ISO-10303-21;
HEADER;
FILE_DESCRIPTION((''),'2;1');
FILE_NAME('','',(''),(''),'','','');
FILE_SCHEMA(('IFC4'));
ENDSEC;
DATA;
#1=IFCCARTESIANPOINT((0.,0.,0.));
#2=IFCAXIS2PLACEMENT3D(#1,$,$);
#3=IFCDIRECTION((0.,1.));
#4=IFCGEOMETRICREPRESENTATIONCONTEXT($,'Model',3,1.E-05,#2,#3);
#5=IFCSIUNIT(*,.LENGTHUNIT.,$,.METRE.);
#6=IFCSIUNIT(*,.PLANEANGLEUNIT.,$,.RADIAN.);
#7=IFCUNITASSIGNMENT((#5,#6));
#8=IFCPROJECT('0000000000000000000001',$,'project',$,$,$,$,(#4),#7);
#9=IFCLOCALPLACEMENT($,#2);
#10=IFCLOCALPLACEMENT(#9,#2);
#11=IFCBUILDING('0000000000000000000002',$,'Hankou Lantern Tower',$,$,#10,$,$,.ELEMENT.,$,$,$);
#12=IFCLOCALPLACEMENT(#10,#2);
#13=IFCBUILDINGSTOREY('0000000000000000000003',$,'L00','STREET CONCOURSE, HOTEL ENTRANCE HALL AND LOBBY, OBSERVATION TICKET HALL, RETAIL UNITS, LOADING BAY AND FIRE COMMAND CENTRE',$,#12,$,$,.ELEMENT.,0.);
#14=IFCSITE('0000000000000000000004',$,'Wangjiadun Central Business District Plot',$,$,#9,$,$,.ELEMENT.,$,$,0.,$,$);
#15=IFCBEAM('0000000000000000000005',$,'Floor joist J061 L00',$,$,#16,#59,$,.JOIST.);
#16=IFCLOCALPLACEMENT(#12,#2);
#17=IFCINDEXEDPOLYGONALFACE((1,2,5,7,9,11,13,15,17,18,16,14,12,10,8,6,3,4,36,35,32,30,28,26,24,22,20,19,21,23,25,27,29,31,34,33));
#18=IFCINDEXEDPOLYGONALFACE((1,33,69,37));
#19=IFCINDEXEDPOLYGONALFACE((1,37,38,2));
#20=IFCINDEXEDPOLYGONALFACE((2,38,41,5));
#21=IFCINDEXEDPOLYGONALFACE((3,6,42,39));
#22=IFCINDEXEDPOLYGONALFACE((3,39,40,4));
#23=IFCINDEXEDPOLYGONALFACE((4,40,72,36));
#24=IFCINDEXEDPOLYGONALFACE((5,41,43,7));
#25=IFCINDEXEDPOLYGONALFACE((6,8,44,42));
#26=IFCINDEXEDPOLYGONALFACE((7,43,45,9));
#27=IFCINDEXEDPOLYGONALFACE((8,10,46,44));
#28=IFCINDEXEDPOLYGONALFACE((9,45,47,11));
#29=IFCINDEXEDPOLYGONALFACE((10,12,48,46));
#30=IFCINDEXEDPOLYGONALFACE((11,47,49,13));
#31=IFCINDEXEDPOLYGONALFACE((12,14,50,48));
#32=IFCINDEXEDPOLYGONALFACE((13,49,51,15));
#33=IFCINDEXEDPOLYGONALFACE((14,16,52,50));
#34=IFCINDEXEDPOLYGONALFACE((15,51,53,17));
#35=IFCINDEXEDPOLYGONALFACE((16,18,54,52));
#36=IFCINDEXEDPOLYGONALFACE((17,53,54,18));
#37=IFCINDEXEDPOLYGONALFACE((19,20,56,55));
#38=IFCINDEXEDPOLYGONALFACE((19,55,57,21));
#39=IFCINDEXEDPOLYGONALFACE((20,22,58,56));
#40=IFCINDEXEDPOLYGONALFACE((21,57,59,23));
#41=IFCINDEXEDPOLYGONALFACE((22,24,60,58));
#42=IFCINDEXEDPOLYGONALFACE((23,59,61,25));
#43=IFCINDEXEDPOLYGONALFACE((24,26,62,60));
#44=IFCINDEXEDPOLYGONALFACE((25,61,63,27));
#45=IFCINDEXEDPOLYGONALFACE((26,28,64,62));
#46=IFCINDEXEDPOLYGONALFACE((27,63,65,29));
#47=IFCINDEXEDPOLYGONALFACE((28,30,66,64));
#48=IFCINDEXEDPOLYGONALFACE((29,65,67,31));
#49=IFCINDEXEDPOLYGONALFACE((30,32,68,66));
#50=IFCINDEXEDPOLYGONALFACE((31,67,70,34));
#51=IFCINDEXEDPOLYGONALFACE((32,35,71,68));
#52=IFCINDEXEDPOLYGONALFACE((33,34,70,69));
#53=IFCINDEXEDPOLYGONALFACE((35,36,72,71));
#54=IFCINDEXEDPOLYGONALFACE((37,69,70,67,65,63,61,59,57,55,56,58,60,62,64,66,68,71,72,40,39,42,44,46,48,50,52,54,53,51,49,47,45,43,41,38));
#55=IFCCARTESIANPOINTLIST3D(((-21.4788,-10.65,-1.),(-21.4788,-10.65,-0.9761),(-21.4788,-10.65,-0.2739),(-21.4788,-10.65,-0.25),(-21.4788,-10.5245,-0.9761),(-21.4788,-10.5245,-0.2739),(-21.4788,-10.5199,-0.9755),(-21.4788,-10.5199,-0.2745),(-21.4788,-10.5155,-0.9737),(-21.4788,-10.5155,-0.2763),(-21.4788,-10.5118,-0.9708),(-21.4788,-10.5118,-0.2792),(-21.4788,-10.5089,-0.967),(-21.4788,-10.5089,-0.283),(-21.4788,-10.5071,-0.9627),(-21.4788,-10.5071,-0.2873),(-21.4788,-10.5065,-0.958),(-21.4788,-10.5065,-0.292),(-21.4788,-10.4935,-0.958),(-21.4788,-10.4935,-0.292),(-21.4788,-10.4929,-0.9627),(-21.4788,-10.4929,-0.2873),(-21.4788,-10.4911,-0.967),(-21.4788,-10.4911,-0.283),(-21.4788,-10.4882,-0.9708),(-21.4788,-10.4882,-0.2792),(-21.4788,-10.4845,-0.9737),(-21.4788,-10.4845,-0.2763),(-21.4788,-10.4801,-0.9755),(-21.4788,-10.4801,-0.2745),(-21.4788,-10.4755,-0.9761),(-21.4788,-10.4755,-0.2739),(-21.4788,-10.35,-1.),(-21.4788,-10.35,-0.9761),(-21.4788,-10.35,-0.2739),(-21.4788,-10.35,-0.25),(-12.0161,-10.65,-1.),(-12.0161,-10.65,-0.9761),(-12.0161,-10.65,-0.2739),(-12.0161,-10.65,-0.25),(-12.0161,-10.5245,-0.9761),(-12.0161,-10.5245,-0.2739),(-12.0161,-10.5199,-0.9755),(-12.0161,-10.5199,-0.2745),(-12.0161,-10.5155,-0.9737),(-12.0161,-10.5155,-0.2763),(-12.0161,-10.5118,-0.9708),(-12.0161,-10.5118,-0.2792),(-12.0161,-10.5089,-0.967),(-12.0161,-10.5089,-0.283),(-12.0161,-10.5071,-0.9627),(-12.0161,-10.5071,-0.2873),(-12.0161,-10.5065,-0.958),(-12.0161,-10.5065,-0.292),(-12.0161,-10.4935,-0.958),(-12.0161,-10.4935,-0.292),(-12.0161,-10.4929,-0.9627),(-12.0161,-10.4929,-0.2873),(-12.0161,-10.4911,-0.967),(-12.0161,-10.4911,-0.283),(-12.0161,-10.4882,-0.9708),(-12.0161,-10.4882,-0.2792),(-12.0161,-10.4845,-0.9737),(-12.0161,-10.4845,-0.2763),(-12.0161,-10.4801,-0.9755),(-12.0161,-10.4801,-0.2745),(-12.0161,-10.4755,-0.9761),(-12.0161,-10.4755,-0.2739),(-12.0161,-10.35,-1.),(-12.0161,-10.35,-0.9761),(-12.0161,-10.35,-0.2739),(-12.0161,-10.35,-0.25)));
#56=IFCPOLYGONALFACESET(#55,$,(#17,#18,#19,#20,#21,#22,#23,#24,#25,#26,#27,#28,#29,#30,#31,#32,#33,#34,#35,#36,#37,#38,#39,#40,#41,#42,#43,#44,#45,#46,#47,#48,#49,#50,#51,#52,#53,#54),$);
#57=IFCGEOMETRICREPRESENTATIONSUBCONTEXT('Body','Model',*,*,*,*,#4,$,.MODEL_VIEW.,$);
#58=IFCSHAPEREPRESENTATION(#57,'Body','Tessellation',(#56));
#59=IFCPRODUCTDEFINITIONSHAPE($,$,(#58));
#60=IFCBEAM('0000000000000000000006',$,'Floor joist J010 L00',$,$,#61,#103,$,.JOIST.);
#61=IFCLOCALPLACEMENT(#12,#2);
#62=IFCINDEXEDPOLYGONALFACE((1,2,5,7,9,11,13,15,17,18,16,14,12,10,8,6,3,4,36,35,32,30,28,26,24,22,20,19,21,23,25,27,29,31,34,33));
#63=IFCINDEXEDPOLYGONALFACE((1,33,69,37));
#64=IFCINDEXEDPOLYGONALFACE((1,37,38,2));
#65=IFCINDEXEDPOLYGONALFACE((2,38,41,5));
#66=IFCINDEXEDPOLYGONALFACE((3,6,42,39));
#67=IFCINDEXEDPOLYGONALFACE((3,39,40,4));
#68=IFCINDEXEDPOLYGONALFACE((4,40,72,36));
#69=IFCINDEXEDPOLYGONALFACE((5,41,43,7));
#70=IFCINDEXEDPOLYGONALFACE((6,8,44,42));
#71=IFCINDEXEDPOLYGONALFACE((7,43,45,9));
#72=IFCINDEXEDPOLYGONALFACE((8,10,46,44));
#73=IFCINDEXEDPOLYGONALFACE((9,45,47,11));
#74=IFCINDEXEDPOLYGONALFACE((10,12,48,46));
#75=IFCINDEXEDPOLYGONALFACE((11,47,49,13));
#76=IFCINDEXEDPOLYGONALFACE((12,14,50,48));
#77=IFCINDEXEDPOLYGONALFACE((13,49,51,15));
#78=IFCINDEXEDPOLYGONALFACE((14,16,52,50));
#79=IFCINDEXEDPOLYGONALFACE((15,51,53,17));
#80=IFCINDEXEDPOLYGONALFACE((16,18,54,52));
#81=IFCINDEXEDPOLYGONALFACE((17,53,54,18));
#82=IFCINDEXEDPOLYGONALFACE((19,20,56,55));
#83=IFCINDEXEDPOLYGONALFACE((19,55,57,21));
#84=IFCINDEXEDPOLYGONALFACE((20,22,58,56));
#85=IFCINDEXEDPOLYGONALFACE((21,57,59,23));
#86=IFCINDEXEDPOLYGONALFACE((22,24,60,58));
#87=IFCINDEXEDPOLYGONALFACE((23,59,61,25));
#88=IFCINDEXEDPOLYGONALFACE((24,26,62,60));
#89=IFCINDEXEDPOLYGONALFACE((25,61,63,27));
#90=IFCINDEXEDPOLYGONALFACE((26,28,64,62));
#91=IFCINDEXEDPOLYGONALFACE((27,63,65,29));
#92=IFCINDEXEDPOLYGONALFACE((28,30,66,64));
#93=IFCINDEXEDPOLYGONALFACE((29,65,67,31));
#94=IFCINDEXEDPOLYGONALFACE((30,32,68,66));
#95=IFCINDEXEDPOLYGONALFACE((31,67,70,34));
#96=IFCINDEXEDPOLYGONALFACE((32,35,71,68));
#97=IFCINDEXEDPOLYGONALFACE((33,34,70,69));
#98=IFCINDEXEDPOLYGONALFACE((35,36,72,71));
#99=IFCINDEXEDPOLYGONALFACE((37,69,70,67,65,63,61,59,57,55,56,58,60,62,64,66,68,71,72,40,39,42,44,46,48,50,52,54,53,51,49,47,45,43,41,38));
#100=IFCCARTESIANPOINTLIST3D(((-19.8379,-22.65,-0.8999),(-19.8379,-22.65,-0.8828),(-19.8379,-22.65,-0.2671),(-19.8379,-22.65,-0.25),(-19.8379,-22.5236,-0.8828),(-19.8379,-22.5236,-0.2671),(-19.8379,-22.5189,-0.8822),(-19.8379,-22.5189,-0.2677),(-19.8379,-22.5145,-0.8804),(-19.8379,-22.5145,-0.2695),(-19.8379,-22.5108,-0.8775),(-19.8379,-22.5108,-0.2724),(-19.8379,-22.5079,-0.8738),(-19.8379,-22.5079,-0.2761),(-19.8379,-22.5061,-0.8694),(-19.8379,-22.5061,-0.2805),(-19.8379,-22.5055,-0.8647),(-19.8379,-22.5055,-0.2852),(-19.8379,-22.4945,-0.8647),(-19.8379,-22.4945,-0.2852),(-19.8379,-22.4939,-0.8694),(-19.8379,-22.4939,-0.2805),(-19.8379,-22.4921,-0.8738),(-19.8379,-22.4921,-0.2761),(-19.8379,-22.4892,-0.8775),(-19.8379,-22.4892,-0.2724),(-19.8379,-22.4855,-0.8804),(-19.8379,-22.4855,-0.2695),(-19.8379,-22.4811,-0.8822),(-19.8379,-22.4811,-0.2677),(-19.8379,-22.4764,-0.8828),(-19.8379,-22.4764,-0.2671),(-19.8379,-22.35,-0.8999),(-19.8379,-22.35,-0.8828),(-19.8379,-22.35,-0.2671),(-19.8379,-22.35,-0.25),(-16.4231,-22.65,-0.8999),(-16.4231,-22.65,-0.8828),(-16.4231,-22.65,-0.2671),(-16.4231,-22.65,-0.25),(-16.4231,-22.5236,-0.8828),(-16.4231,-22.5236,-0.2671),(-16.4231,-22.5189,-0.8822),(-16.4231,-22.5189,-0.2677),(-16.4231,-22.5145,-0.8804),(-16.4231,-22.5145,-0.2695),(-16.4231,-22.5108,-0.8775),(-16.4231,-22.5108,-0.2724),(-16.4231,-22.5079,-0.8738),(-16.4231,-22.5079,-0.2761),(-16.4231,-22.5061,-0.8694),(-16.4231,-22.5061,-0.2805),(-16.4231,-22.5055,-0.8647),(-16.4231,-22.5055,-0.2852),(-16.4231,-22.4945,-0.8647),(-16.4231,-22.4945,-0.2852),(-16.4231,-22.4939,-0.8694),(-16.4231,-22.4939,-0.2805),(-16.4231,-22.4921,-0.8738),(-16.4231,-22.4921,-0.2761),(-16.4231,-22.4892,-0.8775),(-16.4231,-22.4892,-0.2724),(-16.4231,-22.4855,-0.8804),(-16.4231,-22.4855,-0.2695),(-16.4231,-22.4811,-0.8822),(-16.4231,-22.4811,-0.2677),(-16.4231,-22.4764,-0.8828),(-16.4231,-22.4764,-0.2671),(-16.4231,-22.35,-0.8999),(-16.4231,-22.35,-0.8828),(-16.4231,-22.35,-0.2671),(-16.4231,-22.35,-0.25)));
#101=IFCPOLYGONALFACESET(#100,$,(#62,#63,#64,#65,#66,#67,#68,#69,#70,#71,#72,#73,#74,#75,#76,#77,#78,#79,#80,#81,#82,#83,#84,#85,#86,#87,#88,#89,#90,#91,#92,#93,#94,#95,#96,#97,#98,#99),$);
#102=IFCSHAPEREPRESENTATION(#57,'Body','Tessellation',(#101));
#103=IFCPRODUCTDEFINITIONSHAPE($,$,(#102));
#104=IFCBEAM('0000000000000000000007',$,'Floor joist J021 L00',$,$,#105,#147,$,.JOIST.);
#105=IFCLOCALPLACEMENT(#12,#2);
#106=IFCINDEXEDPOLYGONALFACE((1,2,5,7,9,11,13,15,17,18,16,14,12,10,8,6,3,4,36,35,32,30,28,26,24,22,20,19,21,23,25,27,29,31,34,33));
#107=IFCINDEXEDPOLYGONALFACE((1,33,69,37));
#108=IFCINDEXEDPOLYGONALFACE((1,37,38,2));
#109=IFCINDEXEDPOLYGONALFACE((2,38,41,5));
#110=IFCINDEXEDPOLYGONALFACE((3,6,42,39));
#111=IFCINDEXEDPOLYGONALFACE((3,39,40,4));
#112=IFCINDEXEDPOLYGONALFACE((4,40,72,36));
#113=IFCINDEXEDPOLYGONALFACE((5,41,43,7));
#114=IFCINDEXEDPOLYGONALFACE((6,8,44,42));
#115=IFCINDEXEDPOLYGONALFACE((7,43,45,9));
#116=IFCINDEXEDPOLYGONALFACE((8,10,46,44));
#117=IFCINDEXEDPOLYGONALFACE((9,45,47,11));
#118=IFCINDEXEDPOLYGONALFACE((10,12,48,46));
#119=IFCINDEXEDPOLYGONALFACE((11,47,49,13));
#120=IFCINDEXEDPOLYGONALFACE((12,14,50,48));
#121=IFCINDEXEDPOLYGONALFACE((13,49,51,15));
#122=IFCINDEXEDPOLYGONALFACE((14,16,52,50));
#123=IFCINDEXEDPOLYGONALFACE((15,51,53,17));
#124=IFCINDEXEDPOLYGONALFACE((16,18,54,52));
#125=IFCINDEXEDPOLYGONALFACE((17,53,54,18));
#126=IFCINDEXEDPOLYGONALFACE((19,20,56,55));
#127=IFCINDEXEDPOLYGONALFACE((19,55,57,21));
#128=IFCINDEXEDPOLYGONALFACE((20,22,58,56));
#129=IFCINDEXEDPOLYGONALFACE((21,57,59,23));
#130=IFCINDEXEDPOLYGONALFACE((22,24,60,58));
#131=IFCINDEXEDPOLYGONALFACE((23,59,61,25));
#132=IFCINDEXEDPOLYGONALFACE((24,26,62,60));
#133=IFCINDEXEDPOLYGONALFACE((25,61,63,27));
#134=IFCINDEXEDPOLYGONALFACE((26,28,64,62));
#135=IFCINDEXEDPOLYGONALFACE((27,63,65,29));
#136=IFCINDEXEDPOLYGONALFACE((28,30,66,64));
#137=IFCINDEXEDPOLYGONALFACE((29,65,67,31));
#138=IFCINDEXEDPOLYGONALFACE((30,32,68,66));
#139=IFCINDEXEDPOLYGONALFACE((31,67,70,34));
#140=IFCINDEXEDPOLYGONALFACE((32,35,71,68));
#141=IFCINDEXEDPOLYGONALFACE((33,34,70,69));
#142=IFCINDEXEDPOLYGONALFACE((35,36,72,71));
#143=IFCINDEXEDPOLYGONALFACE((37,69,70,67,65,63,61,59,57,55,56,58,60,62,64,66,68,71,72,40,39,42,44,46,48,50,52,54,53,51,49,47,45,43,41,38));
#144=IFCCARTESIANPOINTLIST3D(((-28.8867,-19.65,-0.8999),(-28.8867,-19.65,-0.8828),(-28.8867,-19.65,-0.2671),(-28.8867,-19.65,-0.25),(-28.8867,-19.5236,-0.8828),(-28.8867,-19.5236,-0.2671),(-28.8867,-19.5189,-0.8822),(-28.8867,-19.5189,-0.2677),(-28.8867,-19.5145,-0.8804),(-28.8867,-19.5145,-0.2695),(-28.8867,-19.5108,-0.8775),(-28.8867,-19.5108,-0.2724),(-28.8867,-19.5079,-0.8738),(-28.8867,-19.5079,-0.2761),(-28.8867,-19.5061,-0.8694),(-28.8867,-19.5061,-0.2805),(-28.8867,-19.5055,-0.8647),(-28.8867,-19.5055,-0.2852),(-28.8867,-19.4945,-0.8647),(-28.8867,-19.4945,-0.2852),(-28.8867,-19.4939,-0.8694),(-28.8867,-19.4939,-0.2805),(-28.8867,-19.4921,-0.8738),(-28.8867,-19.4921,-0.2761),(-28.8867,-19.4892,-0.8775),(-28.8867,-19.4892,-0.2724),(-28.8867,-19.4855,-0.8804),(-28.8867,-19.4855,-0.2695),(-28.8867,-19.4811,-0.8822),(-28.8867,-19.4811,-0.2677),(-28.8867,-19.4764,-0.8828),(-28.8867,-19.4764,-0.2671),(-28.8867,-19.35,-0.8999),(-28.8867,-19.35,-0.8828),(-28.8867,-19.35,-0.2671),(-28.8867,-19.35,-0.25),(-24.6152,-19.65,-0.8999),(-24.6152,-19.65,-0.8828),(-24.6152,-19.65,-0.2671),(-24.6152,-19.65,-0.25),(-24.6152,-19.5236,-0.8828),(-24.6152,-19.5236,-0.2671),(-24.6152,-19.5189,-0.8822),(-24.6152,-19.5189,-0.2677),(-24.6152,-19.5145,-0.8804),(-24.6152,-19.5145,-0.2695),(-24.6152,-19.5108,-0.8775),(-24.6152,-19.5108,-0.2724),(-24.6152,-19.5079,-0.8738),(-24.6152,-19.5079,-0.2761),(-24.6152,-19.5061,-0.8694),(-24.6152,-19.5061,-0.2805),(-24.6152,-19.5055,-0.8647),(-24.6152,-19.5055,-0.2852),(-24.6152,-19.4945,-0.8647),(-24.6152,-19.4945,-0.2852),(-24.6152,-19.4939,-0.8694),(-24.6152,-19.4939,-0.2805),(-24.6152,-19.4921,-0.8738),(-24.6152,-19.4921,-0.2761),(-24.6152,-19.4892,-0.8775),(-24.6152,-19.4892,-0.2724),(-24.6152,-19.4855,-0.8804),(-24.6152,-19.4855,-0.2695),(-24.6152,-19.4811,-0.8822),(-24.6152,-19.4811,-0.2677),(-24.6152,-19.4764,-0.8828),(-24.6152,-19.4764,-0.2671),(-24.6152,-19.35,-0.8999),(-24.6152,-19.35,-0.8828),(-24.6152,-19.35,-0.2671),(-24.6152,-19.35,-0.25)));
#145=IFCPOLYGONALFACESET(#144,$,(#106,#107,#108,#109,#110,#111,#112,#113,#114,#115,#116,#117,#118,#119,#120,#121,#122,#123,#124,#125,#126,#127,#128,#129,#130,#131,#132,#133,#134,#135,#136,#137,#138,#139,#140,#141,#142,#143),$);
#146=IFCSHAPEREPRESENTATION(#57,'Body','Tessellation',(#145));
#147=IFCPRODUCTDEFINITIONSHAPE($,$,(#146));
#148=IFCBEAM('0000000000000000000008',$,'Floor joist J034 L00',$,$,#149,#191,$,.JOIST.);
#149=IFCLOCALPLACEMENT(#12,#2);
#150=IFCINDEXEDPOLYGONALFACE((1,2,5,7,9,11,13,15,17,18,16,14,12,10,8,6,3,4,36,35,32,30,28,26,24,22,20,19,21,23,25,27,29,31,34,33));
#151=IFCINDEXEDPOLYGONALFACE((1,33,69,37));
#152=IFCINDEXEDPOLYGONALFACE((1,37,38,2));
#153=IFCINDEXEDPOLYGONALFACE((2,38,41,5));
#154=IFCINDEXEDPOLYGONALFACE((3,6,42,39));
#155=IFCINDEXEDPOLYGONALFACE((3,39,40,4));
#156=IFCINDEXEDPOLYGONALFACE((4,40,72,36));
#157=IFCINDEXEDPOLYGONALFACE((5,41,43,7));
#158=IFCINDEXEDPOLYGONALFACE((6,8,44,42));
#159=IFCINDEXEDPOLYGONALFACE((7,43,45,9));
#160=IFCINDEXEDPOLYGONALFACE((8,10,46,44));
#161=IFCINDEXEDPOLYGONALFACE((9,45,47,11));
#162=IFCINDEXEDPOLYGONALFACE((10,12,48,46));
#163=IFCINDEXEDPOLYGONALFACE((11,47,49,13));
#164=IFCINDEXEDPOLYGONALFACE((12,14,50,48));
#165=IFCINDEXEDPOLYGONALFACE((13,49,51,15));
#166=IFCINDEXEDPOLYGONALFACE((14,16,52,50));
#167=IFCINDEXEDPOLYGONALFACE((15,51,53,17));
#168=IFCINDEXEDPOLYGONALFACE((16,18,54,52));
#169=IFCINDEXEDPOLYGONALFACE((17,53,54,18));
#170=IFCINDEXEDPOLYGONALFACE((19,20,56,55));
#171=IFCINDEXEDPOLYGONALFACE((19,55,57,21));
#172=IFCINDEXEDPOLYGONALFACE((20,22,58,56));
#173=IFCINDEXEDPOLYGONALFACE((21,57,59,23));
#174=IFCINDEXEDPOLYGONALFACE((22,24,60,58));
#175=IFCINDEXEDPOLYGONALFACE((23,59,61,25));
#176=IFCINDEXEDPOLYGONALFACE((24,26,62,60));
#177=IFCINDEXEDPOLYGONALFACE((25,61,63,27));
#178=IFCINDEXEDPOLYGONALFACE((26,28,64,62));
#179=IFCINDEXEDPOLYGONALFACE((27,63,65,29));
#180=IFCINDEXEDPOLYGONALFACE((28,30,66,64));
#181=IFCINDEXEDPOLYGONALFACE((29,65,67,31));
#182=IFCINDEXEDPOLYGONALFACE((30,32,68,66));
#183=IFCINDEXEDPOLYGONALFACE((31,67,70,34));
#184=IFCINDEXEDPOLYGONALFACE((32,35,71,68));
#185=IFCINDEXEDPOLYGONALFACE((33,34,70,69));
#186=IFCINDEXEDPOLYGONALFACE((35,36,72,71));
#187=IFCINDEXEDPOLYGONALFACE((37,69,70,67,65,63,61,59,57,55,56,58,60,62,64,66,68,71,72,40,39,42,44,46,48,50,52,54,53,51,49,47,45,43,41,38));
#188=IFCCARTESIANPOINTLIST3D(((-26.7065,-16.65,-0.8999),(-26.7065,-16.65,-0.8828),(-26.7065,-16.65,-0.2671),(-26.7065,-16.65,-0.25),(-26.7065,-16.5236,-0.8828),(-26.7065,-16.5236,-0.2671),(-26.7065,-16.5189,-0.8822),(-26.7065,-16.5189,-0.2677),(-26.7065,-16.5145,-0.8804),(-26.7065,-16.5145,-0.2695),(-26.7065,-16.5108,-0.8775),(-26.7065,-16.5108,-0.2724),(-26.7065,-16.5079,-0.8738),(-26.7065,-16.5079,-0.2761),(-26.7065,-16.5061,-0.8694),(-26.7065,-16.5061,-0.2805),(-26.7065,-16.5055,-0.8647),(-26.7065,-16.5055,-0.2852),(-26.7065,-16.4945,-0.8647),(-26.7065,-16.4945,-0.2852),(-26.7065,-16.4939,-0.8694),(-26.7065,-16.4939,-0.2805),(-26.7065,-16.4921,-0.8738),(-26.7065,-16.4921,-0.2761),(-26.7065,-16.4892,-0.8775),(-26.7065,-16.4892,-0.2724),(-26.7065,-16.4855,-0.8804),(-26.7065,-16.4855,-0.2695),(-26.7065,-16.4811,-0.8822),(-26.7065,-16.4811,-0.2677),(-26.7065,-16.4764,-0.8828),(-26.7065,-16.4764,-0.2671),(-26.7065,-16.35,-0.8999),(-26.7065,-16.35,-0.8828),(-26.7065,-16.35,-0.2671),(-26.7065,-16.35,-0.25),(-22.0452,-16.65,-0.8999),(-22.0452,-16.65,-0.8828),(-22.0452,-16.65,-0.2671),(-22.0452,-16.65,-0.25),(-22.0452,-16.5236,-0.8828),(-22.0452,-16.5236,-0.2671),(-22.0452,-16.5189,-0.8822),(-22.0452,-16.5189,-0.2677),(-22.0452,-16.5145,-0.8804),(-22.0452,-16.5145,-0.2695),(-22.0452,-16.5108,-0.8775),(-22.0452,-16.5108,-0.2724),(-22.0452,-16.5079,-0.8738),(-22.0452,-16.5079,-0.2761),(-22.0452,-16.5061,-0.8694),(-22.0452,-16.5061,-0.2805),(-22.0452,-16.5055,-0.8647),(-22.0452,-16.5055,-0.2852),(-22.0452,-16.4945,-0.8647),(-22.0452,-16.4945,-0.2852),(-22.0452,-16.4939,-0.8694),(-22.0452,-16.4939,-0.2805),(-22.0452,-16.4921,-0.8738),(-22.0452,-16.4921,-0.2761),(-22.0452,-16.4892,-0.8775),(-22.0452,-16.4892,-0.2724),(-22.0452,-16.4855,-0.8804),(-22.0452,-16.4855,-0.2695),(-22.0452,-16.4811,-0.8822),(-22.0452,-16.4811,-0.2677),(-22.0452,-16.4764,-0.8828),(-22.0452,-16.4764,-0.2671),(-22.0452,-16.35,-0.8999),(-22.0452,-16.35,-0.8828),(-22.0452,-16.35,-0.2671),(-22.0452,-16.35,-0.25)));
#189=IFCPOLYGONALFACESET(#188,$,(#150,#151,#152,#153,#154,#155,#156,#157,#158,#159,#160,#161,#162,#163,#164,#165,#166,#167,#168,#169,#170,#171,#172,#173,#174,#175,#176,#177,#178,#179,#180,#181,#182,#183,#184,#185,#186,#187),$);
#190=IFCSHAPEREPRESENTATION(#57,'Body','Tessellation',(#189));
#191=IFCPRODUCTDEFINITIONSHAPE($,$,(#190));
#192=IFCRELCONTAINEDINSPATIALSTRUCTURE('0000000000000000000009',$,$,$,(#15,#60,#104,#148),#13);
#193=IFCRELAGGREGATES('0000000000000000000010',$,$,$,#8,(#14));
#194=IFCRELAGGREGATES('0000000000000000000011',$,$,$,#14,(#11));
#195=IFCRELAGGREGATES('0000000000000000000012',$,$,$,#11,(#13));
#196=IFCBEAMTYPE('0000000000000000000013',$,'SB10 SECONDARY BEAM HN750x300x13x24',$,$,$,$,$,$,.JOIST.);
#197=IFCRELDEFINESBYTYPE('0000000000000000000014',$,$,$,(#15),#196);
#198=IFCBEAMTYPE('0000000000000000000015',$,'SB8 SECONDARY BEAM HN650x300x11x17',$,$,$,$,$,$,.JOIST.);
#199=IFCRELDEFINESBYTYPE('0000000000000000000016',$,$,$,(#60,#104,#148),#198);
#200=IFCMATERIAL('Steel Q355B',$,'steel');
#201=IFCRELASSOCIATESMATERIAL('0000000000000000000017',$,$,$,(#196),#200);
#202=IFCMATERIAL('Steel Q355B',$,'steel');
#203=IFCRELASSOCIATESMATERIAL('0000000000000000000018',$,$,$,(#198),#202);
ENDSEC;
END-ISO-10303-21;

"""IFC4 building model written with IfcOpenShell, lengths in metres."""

from ifc_helpers import new_model, si_unit, direction, frame, origin, origin_2d, place, context, subcontext, project, spatial, i_section, extrude, material, material_profile, profile_set, type_object, element, save


model = new_model("IFC4")

# Units and contexts
model_context = context("Model", 3, precision=1e-05, world=origin(), true_north=direction((0.0, 1.0)))
body_context = subcontext(model_context, "Body", "Model", "MODEL_VIEW")
ifc_project = project(units=[si_unit("LENGTHUNIT", "METRE"), si_unit("PLANEANGLEUNIT", "RADIAN")], contexts=[model_context])

# Site, building, storey
site_placement = place(None, origin())
site = spatial("IfcSite", under=ifc_project, at=site_placement, Name="Wangjiadun Central Business District Plot", CompositionType="ELEMENT", RefElevation=0.0)
building_placement = place(site_placement, origin())
building = spatial("IfcBuilding", under=site, at=building_placement, Name="Hankou Lantern Tower", CompositionType="ELEMENT")
storey_placement = place(building_placement, origin())
storey = spatial("IfcBuildingStorey", under=building, at=storey_placement, Name="L00", Description="STREET CONCOURSE, HOTEL ENTRANCE HALL AND LOBBY, OBSERVATION TICKET HALL, RETAIL UNITS, LOADING BAY AND FIRE COMMAND CENTRE", CompositionType="ELEMENT", Elevation=0.0)

# Beams
ifc_material_1 = material(Name="Steel Q355B", Category="steel")
ifc_material_profile_1 = material_profile(ifc_material_1, i_section(OverallWidth=0.3, OverallDepth=0.75, WebThickness=0.0129, FlangeThickness=0.0239, FilletRadius=0.0181, at=origin_2d()), Name="HN750x300x13x24")
ifc_profile_set_1 = profile_set([ifc_material_profile_1], Name="Steel Q355B")
beam_type_1 = type_object("IfcBeamType", Name="SB10 SECONDARY BEAM HN750x300x13x24", PredefinedType="JOIST", material=ifc_profile_set_1)
beam_1_placement = place(storey_placement, frame((-21.4788, -10.5, -0.625), z_axis=(1.0, 0.0, 0.0), x_axis=(0.0, 1.0, 0.0)))
element("IfcBeam", 1, at=beam_1_placement, inside=storey, type_object=beam_type_1, Name="Floor joist J061 L00", PredefinedType="JOIST", context=body_context, shape_type="SweptSolid", body=[
    extrude(i_section(OverallWidth=0.3, OverallDepth=0.75, WebThickness=0.0129, FlangeThickness=0.0239, FilletRadius=0.0181, at=origin_2d()), origin(), (0.0, 0.0, 1.0), 9.4626),
])
ifc_material_2 = material(Name="Steel Q355B", Category="steel")
ifc_material_profile_2 = material_profile(ifc_material_2, i_section(OverallWidth=0.3, OverallDepth=0.6499, WebThickness=0.011, FlangeThickness=0.0171, FilletRadius=0.0181, at=origin_2d()), Name="HN650x300x11x17")
ifc_profile_set_2 = profile_set([ifc_material_profile_2], Name="Steel Q355B")
beam_type_2 = type_object("IfcBeamType", Name="SB8 SECONDARY BEAM HN650x300x11x17", PredefinedType="JOIST", material=ifc_profile_set_2)
beam_2_placement = place(storey_placement, frame((-19.8379, -22.5, -0.575), z_axis=(1.0, 0.0, 0.0), x_axis=(0.0, 1.0, 0.0)))
element("IfcBeam", 2, at=beam_2_placement, inside=storey, type_object=beam_type_2, Name="Floor joist J010 L00", PredefinedType="JOIST", context=body_context, shape_type="SweptSolid", body=[
    extrude(i_section(OverallWidth=0.3, OverallDepth=0.6499, WebThickness=0.011, FlangeThickness=0.0171, FilletRadius=0.0181, at=origin_2d()), origin(), (0.0, 0.0, 1.0), 3.4148),
])
beam_3_placement = place(storey_placement, frame((-28.8867, -19.5, -0.575), z_axis=(1.0, 0.0, 0.0), x_axis=(0.0, 1.0, 0.0)))
element("IfcBeam", 3, at=beam_3_placement, inside=storey, type_object=beam_type_2, Name="Floor joist J021 L00", PredefinedType="JOIST", context=body_context, shape_type="SweptSolid", body=[
    extrude(i_section(OverallWidth=0.3, OverallDepth=0.6499, WebThickness=0.011, FlangeThickness=0.0171, FilletRadius=0.0181, at=origin_2d()), origin(), (0.0, 0.0, 1.0), 4.2715),
])
beam_4_placement = place(storey_placement, frame((-26.7065, -16.5, -0.575), z_axis=(1.0, 0.0, 0.0), x_axis=(0.0, 1.0, 0.0)))
element("IfcBeam", 4, at=beam_4_placement, inside=storey, type_object=beam_type_2, Name="Floor joist J034 L00", PredefinedType="JOIST", context=body_context, shape_type="SweptSolid", body=[
    extrude(i_section(OverallWidth=0.3, OverallDepth=0.6499, WebThickness=0.011, FlangeThickness=0.0171, FilletRadius=0.0181, at=origin_2d()), origin(), (0.0, 0.0, 1.0), 4.6614),
])

save(model, "model.ifc")
